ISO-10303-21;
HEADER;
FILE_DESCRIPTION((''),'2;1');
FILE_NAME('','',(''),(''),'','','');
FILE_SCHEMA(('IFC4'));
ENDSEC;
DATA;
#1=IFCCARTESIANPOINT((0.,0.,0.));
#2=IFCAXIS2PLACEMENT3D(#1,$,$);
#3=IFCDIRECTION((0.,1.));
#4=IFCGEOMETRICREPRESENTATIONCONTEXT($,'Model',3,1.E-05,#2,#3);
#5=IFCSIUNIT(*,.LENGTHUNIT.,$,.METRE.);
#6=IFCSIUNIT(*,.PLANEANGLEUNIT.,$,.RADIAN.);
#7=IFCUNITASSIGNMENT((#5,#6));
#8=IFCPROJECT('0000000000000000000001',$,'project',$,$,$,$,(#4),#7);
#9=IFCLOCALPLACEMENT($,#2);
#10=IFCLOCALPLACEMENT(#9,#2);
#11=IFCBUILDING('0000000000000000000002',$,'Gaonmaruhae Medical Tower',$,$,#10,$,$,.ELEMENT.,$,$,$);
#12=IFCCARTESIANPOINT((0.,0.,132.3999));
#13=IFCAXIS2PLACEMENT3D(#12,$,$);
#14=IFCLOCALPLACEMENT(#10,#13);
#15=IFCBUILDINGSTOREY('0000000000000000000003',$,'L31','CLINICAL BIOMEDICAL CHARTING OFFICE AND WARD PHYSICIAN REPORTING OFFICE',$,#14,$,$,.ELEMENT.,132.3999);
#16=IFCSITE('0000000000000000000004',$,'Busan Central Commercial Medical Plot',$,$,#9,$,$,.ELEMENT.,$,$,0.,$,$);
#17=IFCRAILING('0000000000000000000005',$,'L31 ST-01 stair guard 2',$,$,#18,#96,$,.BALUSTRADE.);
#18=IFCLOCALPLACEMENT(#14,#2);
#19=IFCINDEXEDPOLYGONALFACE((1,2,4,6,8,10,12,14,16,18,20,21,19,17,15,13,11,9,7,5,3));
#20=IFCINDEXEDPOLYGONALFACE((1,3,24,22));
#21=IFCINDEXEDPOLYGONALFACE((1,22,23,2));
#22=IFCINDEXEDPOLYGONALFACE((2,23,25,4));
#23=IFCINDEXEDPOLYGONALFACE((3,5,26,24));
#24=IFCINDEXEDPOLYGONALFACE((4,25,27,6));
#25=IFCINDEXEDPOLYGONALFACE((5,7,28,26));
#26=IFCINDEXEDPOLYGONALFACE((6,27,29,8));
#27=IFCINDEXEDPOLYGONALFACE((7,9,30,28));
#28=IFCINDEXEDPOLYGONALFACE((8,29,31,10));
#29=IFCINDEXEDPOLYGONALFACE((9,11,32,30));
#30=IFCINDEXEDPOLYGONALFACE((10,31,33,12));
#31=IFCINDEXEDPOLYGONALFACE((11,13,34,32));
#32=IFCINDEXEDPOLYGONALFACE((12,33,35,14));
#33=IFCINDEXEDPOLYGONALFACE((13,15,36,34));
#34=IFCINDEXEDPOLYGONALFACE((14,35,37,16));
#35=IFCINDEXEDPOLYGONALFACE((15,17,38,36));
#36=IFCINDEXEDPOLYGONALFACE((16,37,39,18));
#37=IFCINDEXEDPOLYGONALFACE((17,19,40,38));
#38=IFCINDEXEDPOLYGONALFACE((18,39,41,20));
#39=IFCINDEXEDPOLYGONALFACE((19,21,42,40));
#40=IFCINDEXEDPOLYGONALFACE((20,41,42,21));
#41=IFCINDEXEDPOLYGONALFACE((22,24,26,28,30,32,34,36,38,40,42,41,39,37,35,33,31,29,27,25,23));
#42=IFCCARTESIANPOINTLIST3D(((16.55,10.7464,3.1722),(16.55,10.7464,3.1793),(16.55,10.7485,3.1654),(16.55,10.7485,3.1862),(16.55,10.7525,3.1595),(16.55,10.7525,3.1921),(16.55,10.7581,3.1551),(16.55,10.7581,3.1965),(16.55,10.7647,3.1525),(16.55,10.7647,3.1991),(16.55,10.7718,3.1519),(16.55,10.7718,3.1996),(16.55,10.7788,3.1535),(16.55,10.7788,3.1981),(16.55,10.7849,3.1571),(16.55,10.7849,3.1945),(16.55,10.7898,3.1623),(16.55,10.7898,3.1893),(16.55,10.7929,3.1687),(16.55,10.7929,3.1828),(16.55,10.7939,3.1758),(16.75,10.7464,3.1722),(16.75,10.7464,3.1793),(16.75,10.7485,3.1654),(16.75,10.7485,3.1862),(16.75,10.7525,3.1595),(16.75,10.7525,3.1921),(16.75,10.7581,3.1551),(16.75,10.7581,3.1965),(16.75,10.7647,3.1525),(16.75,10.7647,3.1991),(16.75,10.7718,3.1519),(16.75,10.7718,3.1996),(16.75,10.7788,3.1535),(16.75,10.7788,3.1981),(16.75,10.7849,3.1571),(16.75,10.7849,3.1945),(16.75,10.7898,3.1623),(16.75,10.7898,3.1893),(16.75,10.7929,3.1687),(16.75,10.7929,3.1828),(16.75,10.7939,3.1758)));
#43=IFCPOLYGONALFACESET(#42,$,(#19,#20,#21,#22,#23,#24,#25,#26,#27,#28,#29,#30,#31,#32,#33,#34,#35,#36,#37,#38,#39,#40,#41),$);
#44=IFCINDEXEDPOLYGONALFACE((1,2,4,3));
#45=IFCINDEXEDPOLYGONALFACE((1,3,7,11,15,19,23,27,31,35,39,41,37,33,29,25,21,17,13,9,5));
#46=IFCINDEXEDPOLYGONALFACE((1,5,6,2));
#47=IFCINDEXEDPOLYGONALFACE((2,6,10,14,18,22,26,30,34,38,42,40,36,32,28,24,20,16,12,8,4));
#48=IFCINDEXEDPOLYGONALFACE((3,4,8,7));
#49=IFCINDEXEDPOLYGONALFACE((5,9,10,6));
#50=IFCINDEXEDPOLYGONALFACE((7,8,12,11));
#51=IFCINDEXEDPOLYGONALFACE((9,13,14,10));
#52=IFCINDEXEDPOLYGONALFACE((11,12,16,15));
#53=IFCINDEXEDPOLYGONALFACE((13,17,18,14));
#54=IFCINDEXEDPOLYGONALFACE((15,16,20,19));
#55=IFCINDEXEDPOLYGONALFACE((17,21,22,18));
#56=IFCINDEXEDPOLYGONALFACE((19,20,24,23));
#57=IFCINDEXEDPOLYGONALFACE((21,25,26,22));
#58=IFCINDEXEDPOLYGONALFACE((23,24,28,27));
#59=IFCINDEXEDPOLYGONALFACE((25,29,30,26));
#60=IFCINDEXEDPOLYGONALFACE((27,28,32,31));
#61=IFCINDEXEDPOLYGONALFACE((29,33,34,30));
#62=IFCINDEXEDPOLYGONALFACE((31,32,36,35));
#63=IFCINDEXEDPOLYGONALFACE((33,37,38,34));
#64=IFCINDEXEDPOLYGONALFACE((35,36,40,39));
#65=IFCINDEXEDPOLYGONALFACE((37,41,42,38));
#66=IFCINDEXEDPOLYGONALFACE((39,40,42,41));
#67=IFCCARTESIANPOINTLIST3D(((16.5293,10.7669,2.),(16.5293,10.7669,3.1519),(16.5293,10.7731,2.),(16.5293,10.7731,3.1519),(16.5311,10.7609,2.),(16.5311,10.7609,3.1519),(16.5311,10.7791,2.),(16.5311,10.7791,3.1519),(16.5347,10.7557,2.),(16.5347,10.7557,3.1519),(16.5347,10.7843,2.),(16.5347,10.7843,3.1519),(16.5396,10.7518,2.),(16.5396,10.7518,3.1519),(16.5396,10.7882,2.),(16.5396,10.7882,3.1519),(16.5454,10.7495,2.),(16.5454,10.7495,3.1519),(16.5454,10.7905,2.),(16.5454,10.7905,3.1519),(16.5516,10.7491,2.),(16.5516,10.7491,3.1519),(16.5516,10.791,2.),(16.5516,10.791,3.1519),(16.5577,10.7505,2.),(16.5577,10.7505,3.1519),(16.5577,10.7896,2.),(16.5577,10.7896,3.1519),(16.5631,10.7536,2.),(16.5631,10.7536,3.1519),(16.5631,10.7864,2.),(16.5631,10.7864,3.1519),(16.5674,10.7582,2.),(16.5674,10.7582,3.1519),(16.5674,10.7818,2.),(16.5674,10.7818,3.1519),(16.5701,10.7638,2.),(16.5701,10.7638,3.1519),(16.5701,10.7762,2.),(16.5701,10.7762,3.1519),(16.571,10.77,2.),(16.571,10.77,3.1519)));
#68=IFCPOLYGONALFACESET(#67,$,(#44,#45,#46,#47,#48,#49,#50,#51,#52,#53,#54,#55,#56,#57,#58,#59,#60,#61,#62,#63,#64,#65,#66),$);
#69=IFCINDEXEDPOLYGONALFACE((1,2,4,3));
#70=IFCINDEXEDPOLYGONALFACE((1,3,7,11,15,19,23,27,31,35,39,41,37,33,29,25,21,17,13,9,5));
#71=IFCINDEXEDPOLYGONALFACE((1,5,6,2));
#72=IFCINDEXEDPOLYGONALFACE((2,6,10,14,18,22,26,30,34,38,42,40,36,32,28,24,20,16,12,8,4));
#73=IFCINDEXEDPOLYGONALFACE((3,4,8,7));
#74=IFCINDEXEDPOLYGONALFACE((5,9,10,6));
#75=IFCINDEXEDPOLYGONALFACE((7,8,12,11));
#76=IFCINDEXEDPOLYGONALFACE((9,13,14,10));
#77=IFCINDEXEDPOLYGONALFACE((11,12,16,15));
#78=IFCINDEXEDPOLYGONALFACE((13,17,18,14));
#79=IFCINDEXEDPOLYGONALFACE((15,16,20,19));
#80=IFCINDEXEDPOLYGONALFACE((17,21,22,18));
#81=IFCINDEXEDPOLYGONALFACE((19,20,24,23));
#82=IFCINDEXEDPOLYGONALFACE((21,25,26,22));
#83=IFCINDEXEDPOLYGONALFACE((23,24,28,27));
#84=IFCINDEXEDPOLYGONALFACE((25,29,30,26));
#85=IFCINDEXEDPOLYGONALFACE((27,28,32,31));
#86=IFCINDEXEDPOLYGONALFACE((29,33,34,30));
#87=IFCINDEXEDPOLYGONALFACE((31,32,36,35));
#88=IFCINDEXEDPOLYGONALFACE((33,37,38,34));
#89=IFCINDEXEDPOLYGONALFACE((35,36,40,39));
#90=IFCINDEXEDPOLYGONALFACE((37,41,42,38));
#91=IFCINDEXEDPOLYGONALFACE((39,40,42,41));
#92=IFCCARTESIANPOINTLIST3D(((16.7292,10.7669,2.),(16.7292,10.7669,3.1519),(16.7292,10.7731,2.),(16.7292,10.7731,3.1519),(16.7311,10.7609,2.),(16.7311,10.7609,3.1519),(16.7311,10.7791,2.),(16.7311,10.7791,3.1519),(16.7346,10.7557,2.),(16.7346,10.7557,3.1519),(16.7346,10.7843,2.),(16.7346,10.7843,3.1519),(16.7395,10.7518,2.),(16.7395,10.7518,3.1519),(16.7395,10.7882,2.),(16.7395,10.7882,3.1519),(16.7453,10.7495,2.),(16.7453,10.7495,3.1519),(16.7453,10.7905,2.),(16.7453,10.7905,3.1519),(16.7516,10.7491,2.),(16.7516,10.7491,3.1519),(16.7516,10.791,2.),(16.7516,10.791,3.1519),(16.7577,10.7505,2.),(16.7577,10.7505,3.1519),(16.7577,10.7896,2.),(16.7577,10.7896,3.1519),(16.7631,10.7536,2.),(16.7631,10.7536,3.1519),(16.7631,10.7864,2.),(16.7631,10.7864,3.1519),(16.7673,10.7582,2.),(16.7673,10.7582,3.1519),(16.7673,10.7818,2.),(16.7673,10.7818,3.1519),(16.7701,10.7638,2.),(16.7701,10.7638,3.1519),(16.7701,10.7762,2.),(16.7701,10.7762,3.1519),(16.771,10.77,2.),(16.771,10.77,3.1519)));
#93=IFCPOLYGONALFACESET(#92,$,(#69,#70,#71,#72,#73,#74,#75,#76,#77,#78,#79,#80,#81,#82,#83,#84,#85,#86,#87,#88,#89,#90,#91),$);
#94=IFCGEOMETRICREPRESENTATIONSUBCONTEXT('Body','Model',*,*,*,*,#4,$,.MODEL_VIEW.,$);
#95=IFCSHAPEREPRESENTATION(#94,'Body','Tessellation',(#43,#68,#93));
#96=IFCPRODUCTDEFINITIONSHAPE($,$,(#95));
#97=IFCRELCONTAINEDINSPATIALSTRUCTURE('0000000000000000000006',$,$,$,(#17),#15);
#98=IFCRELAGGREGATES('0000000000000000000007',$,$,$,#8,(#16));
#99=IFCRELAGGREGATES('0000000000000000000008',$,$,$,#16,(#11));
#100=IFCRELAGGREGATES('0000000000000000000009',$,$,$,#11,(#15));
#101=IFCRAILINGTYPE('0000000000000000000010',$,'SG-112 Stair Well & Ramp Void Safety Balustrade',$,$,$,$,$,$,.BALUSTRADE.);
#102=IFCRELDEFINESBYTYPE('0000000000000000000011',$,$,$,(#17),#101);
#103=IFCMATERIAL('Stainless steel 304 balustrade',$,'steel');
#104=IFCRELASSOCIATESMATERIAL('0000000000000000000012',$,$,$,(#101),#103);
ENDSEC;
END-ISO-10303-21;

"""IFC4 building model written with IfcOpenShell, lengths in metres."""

from ifc_helpers import new_model, si_unit, direction, frame, origin, origin_2d, place, context, subcontext, project, spatial, circle, extrude, material, type_object, element, save


model = new_model("IFC4")

# Units and contexts
model_context = context("Model", 3, precision=1e-05, world=origin(), true_north=direction((0.0, 1.0)))
body_context = subcontext(model_context, "Body", "Model", "MODEL_VIEW")
ifc_project = project(units=[si_unit("LENGTHUNIT", "METRE"), si_unit("PLANEANGLEUNIT", "RADIAN")], contexts=[model_context])

# Site, building, storey
site_placement = place(None, origin())
site = spatial("IfcSite", under=ifc_project, at=site_placement, Name="Busan Central Commercial Medical Plot", CompositionType="ELEMENT", RefElevation=0.0)
building_placement = place(site_placement, origin())
building = spatial("IfcBuilding", under=site, at=building_placement, Name="Gaonmaruhae Medical Tower", CompositionType="ELEMENT")
storey_placement = place(building_placement, frame((0.0, 0.0, 132.3999)))
storey = spatial("IfcBuildingStorey", under=building, at=storey_placement, Name="L31", Description="CLINICAL BIOMEDICAL CHARTING OFFICE AND WARD PHYSICIAN REPORTING OFFICE", CompositionType="ELEMENT", Elevation=132.3999)

# Railing
ifc_material_1 = material(Name="Stainless steel 304 balustrade", Category="steel")
railing_type_1 = type_object("IfcRailingType", Name="SG-112 Stair Well & Ramp Void Safety Balustrade", PredefinedType="BALUSTRADE", material=ifc_material_1)
railing_1_placement = place(storey_placement, frame((16.55, 10.77, 2.0)))
element("IfcRailing", 1, at=railing_1_placement, inside=storey, type_object=railing_type_1, Name="L31 ST-01 stair guard 2", PredefinedType="BALUSTRADE", context=body_context, shape_type="SweptSolid", body=[
    extrude(circle(Radius=0.0239, at=origin_2d()), frame((0.0, 0.0, 1.1758), z_axis=(1.0, 0.0, 0.0), x_axis=(0.0, 1.0, 0.0)), (0.0, 0.0, 1.0), 0.2),
    extrude(circle(Radius=0.021, at=origin_2d()), origin(), (0.0, 0.0, 1.0), 1.1519),
    extrude(circle(Radius=0.021, at=origin_2d()), frame((0.2, 0.0, 0.0)), (0.0, 0.0, 1.0), 1.1519),
])

save(model, "model.ifc")
